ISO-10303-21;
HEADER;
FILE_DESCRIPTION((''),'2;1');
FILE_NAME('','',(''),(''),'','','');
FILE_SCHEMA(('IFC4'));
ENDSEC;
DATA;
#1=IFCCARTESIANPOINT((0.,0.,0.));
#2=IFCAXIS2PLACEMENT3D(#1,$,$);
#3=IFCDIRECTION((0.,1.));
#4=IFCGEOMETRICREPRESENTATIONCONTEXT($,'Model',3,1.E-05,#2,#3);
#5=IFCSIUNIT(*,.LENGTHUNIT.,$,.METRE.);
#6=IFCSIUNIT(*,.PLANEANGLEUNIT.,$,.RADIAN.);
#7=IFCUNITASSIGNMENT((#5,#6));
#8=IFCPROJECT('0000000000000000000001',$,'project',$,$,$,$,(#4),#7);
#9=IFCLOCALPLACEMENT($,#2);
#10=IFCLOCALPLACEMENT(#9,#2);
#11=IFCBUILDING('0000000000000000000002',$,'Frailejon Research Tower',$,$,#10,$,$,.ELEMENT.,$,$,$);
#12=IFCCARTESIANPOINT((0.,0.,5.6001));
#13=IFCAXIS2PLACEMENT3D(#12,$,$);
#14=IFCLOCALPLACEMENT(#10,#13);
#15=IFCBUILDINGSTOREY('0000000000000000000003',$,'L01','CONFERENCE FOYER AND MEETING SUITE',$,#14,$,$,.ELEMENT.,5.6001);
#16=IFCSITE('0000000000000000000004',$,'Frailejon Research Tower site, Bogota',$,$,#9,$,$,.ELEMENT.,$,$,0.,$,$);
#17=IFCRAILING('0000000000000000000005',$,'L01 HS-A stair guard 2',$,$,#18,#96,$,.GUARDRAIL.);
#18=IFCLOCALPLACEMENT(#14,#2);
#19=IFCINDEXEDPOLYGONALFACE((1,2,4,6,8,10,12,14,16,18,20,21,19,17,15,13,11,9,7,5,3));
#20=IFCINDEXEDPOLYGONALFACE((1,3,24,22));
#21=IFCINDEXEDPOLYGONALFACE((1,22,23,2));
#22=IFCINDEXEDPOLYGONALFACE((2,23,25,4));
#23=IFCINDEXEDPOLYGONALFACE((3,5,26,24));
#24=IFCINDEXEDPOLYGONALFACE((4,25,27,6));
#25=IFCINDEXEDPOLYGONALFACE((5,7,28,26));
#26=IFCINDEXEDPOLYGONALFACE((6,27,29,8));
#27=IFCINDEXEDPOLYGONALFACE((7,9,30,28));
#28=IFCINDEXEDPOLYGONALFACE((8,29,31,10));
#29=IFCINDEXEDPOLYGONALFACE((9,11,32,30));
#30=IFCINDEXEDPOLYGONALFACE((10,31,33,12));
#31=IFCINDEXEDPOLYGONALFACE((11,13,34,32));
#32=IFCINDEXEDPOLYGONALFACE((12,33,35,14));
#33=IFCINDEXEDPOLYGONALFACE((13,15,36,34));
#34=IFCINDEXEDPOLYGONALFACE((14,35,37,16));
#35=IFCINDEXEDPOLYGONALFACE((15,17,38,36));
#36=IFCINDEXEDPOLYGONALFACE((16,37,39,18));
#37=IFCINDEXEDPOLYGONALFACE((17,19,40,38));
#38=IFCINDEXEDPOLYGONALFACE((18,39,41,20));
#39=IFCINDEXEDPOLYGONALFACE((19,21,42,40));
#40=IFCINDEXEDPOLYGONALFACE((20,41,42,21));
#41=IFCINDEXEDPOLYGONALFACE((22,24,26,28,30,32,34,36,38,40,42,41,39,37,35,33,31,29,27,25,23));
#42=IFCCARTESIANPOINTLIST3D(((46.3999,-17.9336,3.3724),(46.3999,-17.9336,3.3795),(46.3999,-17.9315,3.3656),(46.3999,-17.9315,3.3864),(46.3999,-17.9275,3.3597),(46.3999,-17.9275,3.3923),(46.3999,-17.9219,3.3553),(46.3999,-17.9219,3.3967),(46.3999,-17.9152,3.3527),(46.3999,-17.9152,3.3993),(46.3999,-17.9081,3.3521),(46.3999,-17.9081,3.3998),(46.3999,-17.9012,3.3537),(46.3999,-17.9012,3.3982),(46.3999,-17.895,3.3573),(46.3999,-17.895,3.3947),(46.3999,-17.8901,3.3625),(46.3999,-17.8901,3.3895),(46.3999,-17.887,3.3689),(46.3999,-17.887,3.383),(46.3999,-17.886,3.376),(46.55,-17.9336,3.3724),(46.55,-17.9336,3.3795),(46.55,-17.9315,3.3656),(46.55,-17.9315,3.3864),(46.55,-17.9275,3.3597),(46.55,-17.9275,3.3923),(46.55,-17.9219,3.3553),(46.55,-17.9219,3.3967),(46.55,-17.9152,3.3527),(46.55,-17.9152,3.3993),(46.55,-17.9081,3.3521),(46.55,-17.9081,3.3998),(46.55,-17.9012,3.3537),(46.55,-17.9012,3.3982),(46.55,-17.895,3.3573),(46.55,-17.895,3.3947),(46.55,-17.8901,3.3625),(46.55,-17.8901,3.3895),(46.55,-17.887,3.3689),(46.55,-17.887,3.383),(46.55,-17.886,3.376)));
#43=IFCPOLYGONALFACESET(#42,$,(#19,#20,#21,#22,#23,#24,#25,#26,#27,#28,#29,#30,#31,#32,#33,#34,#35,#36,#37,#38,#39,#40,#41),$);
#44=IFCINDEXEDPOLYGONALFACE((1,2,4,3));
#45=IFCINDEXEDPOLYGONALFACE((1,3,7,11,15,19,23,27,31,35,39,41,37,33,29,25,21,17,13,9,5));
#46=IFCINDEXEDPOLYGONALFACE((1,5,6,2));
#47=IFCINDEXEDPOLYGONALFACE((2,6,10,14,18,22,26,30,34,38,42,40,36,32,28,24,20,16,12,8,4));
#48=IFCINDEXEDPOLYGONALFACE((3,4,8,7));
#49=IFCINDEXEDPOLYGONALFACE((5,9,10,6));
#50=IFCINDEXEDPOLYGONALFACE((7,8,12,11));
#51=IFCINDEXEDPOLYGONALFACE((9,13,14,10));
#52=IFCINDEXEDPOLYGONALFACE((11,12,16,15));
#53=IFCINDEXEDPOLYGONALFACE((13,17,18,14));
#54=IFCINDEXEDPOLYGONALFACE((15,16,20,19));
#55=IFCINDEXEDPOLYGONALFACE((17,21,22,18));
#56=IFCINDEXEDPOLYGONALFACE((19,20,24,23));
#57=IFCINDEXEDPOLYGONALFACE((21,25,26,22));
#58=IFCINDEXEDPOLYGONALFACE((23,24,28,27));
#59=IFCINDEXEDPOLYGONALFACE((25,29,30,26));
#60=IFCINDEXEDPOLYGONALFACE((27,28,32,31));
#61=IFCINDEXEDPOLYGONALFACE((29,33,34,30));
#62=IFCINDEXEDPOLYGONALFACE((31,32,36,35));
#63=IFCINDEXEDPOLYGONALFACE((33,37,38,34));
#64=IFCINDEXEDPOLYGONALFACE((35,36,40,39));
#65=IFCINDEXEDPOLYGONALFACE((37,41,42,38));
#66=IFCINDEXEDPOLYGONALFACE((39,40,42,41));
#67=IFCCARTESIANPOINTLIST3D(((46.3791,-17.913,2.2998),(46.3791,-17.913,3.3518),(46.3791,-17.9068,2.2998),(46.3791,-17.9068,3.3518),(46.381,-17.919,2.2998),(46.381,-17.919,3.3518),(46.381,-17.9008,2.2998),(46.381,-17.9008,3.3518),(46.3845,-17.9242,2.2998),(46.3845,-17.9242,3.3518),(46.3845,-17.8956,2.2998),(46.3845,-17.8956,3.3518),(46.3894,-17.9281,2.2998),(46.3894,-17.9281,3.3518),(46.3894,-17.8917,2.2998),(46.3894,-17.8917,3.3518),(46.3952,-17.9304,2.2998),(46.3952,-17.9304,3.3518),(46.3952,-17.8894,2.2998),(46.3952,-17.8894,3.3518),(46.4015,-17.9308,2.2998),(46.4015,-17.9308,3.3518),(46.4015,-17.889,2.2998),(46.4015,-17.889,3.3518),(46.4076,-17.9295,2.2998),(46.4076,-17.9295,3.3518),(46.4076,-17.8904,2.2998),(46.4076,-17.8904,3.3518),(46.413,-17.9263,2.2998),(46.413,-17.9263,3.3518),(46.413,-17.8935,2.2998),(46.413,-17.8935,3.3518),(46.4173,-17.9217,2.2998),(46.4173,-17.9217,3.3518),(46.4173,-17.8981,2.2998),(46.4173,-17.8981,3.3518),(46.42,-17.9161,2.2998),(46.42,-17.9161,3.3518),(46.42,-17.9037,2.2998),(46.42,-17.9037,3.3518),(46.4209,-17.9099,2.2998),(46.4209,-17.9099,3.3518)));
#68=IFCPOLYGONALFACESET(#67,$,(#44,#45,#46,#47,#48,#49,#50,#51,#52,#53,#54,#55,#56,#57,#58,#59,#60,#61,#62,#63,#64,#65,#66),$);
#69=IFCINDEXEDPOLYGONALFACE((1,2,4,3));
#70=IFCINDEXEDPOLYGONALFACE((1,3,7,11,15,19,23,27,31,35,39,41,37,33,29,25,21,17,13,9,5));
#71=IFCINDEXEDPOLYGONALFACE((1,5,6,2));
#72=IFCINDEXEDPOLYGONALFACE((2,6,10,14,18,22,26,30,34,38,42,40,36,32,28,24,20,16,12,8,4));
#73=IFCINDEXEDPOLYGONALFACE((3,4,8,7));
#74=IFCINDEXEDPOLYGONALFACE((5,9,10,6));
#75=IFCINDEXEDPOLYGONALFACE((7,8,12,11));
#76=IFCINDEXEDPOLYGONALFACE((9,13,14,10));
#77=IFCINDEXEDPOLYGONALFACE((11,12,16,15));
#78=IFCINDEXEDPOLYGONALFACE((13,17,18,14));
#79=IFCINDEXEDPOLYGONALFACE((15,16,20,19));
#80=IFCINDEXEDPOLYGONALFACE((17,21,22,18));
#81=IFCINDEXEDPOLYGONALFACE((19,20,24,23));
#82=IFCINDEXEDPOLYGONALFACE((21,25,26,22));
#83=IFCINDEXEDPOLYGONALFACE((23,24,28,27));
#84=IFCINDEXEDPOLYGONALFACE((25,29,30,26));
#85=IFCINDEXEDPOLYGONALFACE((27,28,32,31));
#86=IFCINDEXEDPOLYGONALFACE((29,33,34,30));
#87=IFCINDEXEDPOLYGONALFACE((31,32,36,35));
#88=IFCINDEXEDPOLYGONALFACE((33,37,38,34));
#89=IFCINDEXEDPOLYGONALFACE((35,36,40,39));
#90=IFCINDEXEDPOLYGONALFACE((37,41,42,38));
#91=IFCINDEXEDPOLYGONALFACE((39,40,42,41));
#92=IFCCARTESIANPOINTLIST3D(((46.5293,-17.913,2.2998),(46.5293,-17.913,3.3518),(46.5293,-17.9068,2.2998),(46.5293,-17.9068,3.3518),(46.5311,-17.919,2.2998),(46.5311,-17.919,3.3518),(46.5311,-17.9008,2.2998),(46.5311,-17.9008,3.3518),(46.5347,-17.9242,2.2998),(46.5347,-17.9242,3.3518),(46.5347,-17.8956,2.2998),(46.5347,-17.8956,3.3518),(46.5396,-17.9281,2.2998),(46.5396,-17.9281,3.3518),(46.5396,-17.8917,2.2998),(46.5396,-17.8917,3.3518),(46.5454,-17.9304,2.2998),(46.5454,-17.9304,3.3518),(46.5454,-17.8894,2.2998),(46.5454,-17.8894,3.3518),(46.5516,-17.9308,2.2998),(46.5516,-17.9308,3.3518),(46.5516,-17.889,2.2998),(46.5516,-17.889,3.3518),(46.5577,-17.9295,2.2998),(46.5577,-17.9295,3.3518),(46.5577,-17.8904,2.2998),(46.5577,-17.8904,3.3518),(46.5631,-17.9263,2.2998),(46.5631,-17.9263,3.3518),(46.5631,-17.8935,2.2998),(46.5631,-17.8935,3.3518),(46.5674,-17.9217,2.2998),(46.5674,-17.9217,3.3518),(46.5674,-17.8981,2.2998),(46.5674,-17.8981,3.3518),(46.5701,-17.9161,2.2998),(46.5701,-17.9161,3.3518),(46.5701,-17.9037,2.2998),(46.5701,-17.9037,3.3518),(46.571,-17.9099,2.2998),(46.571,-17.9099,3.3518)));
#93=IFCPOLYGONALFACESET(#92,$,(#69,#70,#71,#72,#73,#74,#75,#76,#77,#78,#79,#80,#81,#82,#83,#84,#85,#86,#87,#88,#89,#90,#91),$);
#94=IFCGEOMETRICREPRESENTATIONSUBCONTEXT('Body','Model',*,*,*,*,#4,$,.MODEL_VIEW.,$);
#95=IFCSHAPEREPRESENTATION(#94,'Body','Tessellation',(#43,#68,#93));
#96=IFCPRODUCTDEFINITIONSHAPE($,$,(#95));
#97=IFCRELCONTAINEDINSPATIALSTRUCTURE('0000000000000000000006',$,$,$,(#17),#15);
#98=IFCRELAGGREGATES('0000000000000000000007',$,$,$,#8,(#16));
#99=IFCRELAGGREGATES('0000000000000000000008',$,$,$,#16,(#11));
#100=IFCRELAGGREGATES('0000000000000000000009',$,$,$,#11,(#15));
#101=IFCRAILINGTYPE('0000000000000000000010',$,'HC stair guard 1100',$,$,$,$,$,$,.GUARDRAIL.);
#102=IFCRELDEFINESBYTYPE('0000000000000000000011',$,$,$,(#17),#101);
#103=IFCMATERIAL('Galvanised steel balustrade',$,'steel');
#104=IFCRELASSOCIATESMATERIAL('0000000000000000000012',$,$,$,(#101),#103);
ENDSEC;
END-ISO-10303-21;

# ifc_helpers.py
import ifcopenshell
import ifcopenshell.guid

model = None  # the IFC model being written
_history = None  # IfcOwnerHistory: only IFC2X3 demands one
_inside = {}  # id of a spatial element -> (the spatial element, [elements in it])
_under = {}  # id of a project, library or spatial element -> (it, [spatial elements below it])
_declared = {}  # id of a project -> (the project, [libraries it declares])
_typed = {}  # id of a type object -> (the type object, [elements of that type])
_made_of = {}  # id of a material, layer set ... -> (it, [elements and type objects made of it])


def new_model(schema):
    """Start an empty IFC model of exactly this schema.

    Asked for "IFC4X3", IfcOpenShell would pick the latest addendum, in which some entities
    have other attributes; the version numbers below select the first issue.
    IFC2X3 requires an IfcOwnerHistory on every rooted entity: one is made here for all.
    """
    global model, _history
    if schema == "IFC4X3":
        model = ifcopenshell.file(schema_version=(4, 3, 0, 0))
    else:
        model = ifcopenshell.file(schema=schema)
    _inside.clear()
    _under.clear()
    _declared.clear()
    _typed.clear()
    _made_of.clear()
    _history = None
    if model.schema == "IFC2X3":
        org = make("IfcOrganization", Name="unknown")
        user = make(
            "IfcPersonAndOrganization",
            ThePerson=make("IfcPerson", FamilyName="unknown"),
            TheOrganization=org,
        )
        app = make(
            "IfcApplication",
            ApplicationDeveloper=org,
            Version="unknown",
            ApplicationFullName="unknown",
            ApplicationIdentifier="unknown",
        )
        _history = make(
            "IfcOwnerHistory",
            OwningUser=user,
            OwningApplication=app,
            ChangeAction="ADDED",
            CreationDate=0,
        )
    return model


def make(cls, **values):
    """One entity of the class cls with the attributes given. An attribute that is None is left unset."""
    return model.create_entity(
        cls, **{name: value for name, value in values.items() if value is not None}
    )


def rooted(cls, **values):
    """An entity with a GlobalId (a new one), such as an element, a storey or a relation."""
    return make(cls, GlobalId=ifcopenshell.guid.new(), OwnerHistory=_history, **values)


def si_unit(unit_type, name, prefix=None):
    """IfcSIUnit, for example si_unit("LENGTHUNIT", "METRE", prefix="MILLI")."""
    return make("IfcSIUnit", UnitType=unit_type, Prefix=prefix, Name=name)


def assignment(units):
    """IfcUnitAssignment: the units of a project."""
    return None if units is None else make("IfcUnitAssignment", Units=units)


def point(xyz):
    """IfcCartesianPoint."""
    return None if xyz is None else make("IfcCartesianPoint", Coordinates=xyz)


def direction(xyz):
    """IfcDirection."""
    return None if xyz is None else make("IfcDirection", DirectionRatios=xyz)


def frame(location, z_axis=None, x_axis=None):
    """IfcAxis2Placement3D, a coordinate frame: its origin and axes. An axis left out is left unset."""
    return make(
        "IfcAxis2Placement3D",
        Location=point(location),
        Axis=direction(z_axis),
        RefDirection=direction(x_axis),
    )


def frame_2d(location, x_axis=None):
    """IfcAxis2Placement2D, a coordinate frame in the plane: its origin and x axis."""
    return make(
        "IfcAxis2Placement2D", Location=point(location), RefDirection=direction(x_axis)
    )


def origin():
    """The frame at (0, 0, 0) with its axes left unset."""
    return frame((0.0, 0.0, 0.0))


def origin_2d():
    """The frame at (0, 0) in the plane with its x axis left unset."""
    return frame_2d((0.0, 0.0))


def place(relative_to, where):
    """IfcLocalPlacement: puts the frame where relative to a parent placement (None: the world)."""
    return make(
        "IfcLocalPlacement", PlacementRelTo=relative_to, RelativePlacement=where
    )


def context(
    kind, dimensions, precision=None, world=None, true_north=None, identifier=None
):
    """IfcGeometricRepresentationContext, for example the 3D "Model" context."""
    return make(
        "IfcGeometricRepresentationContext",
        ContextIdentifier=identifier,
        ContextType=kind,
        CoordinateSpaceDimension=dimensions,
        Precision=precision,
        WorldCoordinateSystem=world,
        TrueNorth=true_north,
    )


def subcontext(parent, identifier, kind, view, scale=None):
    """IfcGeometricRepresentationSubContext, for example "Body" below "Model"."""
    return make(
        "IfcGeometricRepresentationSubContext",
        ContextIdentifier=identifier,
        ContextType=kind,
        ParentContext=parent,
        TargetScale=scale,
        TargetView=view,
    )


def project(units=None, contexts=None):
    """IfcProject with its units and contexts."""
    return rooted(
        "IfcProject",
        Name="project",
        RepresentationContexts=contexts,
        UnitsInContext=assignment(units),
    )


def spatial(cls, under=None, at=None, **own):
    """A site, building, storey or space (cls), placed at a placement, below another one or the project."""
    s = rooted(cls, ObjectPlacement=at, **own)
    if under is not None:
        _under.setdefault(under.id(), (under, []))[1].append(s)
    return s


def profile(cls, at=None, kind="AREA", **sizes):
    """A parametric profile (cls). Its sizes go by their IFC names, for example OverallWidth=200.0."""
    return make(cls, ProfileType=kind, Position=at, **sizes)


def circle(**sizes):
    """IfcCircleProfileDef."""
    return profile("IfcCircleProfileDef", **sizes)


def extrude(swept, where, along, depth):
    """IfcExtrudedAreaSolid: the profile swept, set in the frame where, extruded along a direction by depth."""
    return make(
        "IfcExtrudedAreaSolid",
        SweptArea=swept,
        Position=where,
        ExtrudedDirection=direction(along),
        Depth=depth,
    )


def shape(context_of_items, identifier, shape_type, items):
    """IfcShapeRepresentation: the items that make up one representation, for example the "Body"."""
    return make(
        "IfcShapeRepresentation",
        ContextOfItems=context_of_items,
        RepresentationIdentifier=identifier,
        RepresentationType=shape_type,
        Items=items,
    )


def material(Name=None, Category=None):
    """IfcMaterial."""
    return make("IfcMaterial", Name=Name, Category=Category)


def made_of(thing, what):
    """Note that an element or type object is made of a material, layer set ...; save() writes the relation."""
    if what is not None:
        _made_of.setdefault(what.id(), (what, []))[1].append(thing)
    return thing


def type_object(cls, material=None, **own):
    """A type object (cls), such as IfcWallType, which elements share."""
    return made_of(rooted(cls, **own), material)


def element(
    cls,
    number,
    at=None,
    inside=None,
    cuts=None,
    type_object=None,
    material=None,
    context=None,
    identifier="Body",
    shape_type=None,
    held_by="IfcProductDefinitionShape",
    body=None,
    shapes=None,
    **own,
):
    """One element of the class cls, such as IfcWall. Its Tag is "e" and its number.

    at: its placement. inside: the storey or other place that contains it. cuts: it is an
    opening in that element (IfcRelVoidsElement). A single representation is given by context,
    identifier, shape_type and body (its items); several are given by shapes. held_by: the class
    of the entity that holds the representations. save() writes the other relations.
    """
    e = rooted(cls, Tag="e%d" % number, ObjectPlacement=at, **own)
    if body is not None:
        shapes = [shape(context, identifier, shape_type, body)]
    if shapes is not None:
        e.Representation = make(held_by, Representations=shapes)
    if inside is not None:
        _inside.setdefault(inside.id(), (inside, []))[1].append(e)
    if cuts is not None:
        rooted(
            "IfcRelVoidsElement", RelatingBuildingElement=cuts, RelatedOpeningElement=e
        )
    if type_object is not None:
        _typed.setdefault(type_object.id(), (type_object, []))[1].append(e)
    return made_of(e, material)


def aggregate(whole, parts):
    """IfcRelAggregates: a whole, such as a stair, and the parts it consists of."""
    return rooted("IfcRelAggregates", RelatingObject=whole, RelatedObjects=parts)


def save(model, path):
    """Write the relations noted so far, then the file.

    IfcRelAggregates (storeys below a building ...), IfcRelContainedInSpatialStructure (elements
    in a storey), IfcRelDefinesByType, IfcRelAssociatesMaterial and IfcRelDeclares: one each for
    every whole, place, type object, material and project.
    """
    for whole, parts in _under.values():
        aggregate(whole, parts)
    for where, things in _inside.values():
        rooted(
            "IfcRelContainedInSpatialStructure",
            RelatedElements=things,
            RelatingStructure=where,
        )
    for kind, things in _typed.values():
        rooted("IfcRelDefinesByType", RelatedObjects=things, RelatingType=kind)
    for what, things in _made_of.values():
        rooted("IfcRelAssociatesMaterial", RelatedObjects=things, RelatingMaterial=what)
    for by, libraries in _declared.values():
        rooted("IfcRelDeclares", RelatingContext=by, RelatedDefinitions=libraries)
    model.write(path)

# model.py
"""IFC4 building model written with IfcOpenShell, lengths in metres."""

from ifc_helpers import new_model, si_unit, direction, frame, origin, origin_2d, place, context, subcontext, project, spatial, circle, extrude, material, type_object, element, save


model = new_model("IFC4")

# Units and contexts
model_context = context("Model", 3, precision=1e-05, world=origin(), true_north=direction((0.0, 1.0)))
body_context = subcontext(model_context, "Body", "Model", "MODEL_VIEW")
ifc_project = project(units=[si_unit("LENGTHUNIT", "METRE"), si_unit("PLANEANGLEUNIT", "RADIAN")], contexts=[model_context])

# Site, building, storey
site_placement = place(None, origin())
site = spatial("IfcSite", under=ifc_project, at=site_placement, Name="Frailejon Research Tower site, Bogota", CompositionType="ELEMENT", RefElevation=0.0)
building_placement = place(site_placement, origin())
building = spatial("IfcBuilding", under=site, at=building_placement, Name="Frailejon Research Tower", CompositionType="ELEMENT")
storey_placement = place(building_placement, frame((0.0, 0.0, 5.6001)))
storey = spatial("IfcBuildingStorey", under=building, at=storey_placement, Name="L01", Description="CONFERENCE FOYER AND MEETING SUITE", CompositionType="ELEMENT", Elevation=5.6001)

# Railing
ifc_material_1 = material(Name="Galvanised steel balustrade", Category="steel")
railing_type_1 = type_object("IfcRailingType", Name="HC stair guard 1100", PredefinedType="GUARDRAIL", material=ifc_material_1)
railing_1_placement = place(storey_placement, frame((46.3999, -17.9099, 2.2998)))
element("IfcRailing", 1, at=railing_1_placement, inside=storey, type_object=railing_type_1, Name="L01 HS-A stair guard 2", PredefinedType="GUARDRAIL", context=body_context, shape_type="SweptSolid", body=[
    extrude(circle(Radius=0.0239, at=origin_2d()), frame((0.0, 0.0, 1.0762), z_axis=(1.0, 0.0, 0.0), x_axis=(0.0, 1.0, 0.0)), (0.0, 0.0, 1.0), 0.1501),
    extrude(circle(Radius=0.021, at=origin_2d()), origin(), (0.0, 0.0, 1.0), 1.052),
    extrude(circle(Radius=0.021, at=origin_2d()), frame((0.1501, 0.0, 0.0)), (0.0, 0.0, 1.0), 1.052),
])

save(model, "model.ifc")
